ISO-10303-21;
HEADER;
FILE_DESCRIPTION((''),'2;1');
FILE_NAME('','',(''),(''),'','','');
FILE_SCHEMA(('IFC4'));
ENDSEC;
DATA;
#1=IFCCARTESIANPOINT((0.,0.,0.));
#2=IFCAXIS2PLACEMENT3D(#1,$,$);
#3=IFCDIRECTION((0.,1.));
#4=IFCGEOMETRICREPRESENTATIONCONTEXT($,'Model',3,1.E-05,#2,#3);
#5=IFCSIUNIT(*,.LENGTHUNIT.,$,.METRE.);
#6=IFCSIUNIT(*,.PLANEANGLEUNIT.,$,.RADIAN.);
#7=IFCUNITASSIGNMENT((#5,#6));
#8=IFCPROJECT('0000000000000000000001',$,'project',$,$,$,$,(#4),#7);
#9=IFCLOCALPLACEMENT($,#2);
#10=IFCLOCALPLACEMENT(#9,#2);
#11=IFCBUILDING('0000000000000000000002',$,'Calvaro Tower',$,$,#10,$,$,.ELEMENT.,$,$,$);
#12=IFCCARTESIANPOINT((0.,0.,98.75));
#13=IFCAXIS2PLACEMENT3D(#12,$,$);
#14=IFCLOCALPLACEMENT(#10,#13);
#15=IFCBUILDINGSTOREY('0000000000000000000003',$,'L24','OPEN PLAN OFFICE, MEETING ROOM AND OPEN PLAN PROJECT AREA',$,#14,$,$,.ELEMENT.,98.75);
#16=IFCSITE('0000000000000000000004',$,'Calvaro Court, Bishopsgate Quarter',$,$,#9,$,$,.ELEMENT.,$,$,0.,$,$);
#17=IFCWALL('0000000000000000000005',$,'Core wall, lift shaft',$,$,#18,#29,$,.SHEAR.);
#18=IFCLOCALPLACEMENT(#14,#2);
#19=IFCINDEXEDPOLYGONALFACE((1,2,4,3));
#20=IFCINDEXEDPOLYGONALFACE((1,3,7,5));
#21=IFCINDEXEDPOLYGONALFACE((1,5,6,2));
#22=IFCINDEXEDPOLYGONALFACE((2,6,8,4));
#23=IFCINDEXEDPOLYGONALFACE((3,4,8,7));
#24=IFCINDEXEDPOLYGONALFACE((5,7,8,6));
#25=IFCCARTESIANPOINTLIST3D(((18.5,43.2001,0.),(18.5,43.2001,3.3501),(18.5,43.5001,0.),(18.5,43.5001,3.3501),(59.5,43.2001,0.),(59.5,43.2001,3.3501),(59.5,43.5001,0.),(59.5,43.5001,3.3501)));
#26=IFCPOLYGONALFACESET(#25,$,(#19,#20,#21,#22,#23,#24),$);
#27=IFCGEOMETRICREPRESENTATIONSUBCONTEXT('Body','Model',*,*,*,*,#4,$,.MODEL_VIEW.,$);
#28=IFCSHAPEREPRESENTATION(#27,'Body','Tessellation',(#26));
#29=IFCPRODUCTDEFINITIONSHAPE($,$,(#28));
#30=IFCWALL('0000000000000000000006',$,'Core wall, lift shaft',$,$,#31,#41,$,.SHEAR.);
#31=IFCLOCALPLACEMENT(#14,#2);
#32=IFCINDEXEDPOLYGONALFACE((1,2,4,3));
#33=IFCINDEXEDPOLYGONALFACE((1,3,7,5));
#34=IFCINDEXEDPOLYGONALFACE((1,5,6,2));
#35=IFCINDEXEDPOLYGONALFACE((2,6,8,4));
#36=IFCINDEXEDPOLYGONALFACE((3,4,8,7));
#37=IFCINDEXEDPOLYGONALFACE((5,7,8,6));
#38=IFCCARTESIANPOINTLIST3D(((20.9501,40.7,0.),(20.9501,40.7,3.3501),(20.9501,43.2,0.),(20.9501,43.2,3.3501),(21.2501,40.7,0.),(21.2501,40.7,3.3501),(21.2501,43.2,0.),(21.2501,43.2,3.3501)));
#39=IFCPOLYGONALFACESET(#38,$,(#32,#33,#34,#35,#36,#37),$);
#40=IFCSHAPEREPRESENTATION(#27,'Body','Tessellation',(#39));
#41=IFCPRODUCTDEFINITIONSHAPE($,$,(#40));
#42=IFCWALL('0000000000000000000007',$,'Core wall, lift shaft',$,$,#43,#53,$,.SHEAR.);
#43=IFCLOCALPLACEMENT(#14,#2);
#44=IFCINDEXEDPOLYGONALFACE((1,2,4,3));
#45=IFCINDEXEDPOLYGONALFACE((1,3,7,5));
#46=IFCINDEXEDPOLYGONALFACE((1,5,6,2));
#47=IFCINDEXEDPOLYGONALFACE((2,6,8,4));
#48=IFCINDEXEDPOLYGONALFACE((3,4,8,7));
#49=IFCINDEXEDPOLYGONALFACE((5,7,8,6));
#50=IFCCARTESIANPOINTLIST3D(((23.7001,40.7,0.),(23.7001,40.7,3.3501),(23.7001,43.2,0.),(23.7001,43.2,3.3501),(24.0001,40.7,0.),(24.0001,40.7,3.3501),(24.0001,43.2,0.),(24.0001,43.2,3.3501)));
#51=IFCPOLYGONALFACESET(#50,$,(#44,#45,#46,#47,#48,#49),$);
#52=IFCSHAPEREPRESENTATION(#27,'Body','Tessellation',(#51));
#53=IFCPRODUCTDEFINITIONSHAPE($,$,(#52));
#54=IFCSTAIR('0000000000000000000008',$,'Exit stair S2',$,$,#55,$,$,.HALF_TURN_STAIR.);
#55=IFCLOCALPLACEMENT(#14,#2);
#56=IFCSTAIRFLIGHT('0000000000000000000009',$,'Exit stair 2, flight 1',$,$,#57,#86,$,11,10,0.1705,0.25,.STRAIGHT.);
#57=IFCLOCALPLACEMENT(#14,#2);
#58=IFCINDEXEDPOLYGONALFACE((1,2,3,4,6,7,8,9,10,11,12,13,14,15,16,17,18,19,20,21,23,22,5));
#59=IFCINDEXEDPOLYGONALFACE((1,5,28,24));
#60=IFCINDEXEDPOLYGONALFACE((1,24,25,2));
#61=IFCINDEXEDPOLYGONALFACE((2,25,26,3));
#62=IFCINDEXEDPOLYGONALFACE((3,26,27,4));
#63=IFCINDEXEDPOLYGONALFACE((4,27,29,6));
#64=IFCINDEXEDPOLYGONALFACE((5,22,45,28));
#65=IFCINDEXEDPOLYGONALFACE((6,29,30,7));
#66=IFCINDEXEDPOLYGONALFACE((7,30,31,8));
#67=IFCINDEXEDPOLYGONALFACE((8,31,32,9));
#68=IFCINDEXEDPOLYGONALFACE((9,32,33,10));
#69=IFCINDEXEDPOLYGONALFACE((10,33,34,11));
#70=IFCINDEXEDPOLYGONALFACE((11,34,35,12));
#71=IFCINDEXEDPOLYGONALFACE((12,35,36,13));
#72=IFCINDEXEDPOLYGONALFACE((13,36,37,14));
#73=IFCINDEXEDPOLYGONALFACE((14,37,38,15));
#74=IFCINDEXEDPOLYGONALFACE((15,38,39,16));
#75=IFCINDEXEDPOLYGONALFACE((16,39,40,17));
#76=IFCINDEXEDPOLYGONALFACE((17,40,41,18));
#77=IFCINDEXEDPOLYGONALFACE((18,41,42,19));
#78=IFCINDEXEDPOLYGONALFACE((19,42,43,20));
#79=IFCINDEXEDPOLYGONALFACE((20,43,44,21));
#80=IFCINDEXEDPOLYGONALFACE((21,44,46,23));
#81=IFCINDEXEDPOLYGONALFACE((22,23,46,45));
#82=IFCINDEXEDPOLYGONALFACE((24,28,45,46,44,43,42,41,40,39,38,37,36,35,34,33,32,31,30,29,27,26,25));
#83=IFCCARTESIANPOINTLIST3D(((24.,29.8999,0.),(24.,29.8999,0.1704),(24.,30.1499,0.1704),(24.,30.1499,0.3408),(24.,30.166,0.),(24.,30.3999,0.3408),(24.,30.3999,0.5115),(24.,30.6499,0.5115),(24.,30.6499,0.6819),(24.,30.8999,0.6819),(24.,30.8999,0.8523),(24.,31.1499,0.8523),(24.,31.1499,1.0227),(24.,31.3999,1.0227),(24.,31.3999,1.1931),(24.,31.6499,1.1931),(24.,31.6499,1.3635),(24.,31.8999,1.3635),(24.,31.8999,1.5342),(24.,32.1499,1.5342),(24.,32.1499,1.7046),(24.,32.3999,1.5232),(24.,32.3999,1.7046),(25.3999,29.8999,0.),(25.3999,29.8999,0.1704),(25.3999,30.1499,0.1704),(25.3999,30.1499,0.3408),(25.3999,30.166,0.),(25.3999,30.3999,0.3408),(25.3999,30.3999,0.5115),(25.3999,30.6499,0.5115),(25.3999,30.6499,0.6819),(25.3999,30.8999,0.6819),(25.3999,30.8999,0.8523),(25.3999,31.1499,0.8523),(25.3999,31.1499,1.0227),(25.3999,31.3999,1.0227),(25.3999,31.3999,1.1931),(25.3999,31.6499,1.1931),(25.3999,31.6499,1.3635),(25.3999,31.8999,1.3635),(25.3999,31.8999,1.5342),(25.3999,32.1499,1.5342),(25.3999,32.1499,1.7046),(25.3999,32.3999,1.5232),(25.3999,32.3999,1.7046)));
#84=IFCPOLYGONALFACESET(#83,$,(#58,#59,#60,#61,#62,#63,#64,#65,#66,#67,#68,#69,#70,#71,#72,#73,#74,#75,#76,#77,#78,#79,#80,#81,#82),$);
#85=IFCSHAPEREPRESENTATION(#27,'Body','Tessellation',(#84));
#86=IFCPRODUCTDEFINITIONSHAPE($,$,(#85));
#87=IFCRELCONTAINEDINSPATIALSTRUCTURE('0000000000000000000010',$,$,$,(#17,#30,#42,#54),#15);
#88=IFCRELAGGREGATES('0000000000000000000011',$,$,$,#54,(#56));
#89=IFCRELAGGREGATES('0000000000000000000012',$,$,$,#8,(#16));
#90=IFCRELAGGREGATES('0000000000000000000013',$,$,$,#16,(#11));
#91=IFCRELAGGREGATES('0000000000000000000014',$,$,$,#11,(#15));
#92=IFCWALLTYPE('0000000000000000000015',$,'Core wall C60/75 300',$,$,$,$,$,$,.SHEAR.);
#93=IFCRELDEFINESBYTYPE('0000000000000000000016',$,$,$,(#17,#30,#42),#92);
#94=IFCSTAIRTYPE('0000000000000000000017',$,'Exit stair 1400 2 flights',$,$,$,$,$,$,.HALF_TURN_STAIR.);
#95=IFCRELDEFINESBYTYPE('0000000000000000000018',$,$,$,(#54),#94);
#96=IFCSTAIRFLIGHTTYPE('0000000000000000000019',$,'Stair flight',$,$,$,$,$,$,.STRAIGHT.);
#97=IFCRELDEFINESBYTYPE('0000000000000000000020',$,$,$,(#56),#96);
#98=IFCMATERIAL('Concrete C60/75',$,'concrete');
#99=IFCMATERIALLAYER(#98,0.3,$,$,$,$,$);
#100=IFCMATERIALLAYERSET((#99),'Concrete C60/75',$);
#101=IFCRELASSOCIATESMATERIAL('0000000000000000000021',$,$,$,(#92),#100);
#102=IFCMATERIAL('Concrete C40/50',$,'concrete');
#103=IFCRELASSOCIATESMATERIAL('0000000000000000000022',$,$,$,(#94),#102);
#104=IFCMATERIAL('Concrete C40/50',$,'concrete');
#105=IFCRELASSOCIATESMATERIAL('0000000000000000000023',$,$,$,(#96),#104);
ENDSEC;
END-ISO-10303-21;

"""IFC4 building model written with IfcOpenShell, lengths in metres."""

from ifc_helpers import new_model, si_unit, direction, frame, frame_2d, origin, place, context, subcontext, project, spatial, polyline, rectangle, outline, extrude, material, layer, layer_set, type_object, element, aggregate, save


model = new_model("IFC4")

# Units and contexts
model_context = context("Model", 3, precision=1e-05, world=origin(), true_north=direction((0.0, 1.0)))
body_context = subcontext(model_context, "Body", "Model", "MODEL_VIEW")
ifc_project = project(units=[si_unit("LENGTHUNIT", "METRE"), si_unit("PLANEANGLEUNIT", "RADIAN")], contexts=[model_context])

# Site, building, storey
site_placement = place(None, origin())
site = spatial("IfcSite", under=ifc_project, at=site_placement, Name="Calvaro Court, Bishopsgate Quarter", CompositionType="ELEMENT", RefElevation=0.0)
building_placement = place(site_placement, origin())
building = spatial("IfcBuilding", under=site, at=building_placement, Name="Calvaro Tower", CompositionType="ELEMENT")
storey_placement = place(building_placement, frame((0.0, 0.0, 98.75)))
storey = spatial("IfcBuildingStorey", under=building, at=storey_placement, Name="L24", Description="OPEN PLAN OFFICE, MEETING ROOM AND OPEN PLAN PROJECT AREA", CompositionType="ELEMENT", Elevation=98.75)

# Shared definitions
ifc_material_1 = material(Name="Concrete C60/75", Category="concrete")
ifc_layer_1 = layer(ifc_material_1, 0.3)
ifc_layer_set_1 = layer_set([ifc_layer_1], Name="Concrete C60/75")
wall_type_1 = type_object("IfcWallType", Name="Core wall C60/75 300", PredefinedType="SHEAR", material=ifc_layer_set_1)

# Walls
wall_1_placement = place(storey_placement, frame((18.5, 43.3501, 0.0), z_axis=(0.0, 0.0, 1.0), x_axis=(1.0, 0.0, 0.0)))
element("IfcWall", 1, at=wall_1_placement, inside=storey, type_object=wall_type_1, Name="Core wall, lift shaft", PredefinedType="SHEAR", context=body_context, shape_type="SweptSolid", body=[
    extrude(rectangle(XDim=41.0, YDim=0.3, at=frame_2d((20.5, 0.0))), origin(), (0.0, 0.0, 1.0), 3.3501),
])
for number, where, z_axis, x_axis, name in (
    (2, (21.1001, 40.7, 0.0), (0.0, 0.0, 1.0), (0.0, 1.0, 0.0), "Core wall, lift shaft"),
    (3, (23.8501, 40.7, 0.0), (0.0, 0.0, 1.0), (0.0, 1.0, 0.0), "Core wall, lift shaft"),
):
    element("IfcWall", number, at=place(storey_placement, frame(where, z_axis=z_axis, x_axis=x_axis)), inside=storey, type_object=wall_type_1, Name=name, PredefinedType="SHEAR", context=body_context, shape_type="SweptSolid", body=[
        extrude(rectangle(XDim=2.5, YDim=0.3, at=frame_2d((1.25, 0.0))), origin(), (0.0, 0.0, 1.0), 3.3501),
    ])

# Stair, stair flight
ifc_material_2 = material(Name="Concrete C40/50", Category="concrete")
stair_type = type_object("IfcStairType", Name="Exit stair 1400 2 flights", PredefinedType="HALF_TURN_STAIR", material=ifc_material_2)
stair_placement = place(storey_placement, origin())
stair = element("IfcStair", 4, at=stair_placement, inside=storey, type_object=stair_type, Name="Exit stair S2", PredefinedType="HALF_TURN_STAIR")
ifc_material_3 = material(Name="Concrete C40/50", Category="concrete")
stair_flight_type = type_object("IfcStairFlightType", Name="Stair flight", PredefinedType="STRAIGHT", material=ifc_material_3)
stair_flight_placement = place(storey_placement, frame((24.7, 29.8999, 0.0), z_axis=(0.0, 0.0, 1.0), x_axis=(0.0, 1.0, 0.0)))
stair_flight = element("IfcStairFlight", 5, at=stair_flight_placement, type_object=stair_flight_type, Name="Exit stair 2, flight 1", NumberOfRisers=11, NumberOfTreads=10, PredefinedType="STRAIGHT", RiserHeight=0.1705, TreadLength=0.25, context=body_context, shape_type="SweptSolid", body=[
    extrude(outline(polyline([(0.0, 0.0), (0.0, 0.1704), (0.25, 0.1704), (0.25, 0.3408), (0.5, 0.3408), (0.5, 0.5115), (0.75, 0.5115), (0.75, 0.6819), (1.0, 0.6819), (1.0, 0.8523), (1.25, 0.8523), (1.25, 1.0227), (1.5, 1.0227), (1.5, 1.1931), (1.75, 1.1931), (1.75, 1.3635), (2.0, 1.3635), (2.0, 1.5342), (2.25, 1.5342), (2.25, 1.7046), (2.5, 1.7046), (2.5, 1.875), (2.5, 1.5232), (0.2661, 0.0), (0.0, 0.0)])), frame((0.0, 0.7, 0.0), z_axis=(0.0, -1.0, 0.0), x_axis=(1.0, 0.0, 0.0)), (0.0, 0.0, 1.0), 1.3999),
])
aggregate(stair, [stair_flight])

save(model, "model.ifc")
